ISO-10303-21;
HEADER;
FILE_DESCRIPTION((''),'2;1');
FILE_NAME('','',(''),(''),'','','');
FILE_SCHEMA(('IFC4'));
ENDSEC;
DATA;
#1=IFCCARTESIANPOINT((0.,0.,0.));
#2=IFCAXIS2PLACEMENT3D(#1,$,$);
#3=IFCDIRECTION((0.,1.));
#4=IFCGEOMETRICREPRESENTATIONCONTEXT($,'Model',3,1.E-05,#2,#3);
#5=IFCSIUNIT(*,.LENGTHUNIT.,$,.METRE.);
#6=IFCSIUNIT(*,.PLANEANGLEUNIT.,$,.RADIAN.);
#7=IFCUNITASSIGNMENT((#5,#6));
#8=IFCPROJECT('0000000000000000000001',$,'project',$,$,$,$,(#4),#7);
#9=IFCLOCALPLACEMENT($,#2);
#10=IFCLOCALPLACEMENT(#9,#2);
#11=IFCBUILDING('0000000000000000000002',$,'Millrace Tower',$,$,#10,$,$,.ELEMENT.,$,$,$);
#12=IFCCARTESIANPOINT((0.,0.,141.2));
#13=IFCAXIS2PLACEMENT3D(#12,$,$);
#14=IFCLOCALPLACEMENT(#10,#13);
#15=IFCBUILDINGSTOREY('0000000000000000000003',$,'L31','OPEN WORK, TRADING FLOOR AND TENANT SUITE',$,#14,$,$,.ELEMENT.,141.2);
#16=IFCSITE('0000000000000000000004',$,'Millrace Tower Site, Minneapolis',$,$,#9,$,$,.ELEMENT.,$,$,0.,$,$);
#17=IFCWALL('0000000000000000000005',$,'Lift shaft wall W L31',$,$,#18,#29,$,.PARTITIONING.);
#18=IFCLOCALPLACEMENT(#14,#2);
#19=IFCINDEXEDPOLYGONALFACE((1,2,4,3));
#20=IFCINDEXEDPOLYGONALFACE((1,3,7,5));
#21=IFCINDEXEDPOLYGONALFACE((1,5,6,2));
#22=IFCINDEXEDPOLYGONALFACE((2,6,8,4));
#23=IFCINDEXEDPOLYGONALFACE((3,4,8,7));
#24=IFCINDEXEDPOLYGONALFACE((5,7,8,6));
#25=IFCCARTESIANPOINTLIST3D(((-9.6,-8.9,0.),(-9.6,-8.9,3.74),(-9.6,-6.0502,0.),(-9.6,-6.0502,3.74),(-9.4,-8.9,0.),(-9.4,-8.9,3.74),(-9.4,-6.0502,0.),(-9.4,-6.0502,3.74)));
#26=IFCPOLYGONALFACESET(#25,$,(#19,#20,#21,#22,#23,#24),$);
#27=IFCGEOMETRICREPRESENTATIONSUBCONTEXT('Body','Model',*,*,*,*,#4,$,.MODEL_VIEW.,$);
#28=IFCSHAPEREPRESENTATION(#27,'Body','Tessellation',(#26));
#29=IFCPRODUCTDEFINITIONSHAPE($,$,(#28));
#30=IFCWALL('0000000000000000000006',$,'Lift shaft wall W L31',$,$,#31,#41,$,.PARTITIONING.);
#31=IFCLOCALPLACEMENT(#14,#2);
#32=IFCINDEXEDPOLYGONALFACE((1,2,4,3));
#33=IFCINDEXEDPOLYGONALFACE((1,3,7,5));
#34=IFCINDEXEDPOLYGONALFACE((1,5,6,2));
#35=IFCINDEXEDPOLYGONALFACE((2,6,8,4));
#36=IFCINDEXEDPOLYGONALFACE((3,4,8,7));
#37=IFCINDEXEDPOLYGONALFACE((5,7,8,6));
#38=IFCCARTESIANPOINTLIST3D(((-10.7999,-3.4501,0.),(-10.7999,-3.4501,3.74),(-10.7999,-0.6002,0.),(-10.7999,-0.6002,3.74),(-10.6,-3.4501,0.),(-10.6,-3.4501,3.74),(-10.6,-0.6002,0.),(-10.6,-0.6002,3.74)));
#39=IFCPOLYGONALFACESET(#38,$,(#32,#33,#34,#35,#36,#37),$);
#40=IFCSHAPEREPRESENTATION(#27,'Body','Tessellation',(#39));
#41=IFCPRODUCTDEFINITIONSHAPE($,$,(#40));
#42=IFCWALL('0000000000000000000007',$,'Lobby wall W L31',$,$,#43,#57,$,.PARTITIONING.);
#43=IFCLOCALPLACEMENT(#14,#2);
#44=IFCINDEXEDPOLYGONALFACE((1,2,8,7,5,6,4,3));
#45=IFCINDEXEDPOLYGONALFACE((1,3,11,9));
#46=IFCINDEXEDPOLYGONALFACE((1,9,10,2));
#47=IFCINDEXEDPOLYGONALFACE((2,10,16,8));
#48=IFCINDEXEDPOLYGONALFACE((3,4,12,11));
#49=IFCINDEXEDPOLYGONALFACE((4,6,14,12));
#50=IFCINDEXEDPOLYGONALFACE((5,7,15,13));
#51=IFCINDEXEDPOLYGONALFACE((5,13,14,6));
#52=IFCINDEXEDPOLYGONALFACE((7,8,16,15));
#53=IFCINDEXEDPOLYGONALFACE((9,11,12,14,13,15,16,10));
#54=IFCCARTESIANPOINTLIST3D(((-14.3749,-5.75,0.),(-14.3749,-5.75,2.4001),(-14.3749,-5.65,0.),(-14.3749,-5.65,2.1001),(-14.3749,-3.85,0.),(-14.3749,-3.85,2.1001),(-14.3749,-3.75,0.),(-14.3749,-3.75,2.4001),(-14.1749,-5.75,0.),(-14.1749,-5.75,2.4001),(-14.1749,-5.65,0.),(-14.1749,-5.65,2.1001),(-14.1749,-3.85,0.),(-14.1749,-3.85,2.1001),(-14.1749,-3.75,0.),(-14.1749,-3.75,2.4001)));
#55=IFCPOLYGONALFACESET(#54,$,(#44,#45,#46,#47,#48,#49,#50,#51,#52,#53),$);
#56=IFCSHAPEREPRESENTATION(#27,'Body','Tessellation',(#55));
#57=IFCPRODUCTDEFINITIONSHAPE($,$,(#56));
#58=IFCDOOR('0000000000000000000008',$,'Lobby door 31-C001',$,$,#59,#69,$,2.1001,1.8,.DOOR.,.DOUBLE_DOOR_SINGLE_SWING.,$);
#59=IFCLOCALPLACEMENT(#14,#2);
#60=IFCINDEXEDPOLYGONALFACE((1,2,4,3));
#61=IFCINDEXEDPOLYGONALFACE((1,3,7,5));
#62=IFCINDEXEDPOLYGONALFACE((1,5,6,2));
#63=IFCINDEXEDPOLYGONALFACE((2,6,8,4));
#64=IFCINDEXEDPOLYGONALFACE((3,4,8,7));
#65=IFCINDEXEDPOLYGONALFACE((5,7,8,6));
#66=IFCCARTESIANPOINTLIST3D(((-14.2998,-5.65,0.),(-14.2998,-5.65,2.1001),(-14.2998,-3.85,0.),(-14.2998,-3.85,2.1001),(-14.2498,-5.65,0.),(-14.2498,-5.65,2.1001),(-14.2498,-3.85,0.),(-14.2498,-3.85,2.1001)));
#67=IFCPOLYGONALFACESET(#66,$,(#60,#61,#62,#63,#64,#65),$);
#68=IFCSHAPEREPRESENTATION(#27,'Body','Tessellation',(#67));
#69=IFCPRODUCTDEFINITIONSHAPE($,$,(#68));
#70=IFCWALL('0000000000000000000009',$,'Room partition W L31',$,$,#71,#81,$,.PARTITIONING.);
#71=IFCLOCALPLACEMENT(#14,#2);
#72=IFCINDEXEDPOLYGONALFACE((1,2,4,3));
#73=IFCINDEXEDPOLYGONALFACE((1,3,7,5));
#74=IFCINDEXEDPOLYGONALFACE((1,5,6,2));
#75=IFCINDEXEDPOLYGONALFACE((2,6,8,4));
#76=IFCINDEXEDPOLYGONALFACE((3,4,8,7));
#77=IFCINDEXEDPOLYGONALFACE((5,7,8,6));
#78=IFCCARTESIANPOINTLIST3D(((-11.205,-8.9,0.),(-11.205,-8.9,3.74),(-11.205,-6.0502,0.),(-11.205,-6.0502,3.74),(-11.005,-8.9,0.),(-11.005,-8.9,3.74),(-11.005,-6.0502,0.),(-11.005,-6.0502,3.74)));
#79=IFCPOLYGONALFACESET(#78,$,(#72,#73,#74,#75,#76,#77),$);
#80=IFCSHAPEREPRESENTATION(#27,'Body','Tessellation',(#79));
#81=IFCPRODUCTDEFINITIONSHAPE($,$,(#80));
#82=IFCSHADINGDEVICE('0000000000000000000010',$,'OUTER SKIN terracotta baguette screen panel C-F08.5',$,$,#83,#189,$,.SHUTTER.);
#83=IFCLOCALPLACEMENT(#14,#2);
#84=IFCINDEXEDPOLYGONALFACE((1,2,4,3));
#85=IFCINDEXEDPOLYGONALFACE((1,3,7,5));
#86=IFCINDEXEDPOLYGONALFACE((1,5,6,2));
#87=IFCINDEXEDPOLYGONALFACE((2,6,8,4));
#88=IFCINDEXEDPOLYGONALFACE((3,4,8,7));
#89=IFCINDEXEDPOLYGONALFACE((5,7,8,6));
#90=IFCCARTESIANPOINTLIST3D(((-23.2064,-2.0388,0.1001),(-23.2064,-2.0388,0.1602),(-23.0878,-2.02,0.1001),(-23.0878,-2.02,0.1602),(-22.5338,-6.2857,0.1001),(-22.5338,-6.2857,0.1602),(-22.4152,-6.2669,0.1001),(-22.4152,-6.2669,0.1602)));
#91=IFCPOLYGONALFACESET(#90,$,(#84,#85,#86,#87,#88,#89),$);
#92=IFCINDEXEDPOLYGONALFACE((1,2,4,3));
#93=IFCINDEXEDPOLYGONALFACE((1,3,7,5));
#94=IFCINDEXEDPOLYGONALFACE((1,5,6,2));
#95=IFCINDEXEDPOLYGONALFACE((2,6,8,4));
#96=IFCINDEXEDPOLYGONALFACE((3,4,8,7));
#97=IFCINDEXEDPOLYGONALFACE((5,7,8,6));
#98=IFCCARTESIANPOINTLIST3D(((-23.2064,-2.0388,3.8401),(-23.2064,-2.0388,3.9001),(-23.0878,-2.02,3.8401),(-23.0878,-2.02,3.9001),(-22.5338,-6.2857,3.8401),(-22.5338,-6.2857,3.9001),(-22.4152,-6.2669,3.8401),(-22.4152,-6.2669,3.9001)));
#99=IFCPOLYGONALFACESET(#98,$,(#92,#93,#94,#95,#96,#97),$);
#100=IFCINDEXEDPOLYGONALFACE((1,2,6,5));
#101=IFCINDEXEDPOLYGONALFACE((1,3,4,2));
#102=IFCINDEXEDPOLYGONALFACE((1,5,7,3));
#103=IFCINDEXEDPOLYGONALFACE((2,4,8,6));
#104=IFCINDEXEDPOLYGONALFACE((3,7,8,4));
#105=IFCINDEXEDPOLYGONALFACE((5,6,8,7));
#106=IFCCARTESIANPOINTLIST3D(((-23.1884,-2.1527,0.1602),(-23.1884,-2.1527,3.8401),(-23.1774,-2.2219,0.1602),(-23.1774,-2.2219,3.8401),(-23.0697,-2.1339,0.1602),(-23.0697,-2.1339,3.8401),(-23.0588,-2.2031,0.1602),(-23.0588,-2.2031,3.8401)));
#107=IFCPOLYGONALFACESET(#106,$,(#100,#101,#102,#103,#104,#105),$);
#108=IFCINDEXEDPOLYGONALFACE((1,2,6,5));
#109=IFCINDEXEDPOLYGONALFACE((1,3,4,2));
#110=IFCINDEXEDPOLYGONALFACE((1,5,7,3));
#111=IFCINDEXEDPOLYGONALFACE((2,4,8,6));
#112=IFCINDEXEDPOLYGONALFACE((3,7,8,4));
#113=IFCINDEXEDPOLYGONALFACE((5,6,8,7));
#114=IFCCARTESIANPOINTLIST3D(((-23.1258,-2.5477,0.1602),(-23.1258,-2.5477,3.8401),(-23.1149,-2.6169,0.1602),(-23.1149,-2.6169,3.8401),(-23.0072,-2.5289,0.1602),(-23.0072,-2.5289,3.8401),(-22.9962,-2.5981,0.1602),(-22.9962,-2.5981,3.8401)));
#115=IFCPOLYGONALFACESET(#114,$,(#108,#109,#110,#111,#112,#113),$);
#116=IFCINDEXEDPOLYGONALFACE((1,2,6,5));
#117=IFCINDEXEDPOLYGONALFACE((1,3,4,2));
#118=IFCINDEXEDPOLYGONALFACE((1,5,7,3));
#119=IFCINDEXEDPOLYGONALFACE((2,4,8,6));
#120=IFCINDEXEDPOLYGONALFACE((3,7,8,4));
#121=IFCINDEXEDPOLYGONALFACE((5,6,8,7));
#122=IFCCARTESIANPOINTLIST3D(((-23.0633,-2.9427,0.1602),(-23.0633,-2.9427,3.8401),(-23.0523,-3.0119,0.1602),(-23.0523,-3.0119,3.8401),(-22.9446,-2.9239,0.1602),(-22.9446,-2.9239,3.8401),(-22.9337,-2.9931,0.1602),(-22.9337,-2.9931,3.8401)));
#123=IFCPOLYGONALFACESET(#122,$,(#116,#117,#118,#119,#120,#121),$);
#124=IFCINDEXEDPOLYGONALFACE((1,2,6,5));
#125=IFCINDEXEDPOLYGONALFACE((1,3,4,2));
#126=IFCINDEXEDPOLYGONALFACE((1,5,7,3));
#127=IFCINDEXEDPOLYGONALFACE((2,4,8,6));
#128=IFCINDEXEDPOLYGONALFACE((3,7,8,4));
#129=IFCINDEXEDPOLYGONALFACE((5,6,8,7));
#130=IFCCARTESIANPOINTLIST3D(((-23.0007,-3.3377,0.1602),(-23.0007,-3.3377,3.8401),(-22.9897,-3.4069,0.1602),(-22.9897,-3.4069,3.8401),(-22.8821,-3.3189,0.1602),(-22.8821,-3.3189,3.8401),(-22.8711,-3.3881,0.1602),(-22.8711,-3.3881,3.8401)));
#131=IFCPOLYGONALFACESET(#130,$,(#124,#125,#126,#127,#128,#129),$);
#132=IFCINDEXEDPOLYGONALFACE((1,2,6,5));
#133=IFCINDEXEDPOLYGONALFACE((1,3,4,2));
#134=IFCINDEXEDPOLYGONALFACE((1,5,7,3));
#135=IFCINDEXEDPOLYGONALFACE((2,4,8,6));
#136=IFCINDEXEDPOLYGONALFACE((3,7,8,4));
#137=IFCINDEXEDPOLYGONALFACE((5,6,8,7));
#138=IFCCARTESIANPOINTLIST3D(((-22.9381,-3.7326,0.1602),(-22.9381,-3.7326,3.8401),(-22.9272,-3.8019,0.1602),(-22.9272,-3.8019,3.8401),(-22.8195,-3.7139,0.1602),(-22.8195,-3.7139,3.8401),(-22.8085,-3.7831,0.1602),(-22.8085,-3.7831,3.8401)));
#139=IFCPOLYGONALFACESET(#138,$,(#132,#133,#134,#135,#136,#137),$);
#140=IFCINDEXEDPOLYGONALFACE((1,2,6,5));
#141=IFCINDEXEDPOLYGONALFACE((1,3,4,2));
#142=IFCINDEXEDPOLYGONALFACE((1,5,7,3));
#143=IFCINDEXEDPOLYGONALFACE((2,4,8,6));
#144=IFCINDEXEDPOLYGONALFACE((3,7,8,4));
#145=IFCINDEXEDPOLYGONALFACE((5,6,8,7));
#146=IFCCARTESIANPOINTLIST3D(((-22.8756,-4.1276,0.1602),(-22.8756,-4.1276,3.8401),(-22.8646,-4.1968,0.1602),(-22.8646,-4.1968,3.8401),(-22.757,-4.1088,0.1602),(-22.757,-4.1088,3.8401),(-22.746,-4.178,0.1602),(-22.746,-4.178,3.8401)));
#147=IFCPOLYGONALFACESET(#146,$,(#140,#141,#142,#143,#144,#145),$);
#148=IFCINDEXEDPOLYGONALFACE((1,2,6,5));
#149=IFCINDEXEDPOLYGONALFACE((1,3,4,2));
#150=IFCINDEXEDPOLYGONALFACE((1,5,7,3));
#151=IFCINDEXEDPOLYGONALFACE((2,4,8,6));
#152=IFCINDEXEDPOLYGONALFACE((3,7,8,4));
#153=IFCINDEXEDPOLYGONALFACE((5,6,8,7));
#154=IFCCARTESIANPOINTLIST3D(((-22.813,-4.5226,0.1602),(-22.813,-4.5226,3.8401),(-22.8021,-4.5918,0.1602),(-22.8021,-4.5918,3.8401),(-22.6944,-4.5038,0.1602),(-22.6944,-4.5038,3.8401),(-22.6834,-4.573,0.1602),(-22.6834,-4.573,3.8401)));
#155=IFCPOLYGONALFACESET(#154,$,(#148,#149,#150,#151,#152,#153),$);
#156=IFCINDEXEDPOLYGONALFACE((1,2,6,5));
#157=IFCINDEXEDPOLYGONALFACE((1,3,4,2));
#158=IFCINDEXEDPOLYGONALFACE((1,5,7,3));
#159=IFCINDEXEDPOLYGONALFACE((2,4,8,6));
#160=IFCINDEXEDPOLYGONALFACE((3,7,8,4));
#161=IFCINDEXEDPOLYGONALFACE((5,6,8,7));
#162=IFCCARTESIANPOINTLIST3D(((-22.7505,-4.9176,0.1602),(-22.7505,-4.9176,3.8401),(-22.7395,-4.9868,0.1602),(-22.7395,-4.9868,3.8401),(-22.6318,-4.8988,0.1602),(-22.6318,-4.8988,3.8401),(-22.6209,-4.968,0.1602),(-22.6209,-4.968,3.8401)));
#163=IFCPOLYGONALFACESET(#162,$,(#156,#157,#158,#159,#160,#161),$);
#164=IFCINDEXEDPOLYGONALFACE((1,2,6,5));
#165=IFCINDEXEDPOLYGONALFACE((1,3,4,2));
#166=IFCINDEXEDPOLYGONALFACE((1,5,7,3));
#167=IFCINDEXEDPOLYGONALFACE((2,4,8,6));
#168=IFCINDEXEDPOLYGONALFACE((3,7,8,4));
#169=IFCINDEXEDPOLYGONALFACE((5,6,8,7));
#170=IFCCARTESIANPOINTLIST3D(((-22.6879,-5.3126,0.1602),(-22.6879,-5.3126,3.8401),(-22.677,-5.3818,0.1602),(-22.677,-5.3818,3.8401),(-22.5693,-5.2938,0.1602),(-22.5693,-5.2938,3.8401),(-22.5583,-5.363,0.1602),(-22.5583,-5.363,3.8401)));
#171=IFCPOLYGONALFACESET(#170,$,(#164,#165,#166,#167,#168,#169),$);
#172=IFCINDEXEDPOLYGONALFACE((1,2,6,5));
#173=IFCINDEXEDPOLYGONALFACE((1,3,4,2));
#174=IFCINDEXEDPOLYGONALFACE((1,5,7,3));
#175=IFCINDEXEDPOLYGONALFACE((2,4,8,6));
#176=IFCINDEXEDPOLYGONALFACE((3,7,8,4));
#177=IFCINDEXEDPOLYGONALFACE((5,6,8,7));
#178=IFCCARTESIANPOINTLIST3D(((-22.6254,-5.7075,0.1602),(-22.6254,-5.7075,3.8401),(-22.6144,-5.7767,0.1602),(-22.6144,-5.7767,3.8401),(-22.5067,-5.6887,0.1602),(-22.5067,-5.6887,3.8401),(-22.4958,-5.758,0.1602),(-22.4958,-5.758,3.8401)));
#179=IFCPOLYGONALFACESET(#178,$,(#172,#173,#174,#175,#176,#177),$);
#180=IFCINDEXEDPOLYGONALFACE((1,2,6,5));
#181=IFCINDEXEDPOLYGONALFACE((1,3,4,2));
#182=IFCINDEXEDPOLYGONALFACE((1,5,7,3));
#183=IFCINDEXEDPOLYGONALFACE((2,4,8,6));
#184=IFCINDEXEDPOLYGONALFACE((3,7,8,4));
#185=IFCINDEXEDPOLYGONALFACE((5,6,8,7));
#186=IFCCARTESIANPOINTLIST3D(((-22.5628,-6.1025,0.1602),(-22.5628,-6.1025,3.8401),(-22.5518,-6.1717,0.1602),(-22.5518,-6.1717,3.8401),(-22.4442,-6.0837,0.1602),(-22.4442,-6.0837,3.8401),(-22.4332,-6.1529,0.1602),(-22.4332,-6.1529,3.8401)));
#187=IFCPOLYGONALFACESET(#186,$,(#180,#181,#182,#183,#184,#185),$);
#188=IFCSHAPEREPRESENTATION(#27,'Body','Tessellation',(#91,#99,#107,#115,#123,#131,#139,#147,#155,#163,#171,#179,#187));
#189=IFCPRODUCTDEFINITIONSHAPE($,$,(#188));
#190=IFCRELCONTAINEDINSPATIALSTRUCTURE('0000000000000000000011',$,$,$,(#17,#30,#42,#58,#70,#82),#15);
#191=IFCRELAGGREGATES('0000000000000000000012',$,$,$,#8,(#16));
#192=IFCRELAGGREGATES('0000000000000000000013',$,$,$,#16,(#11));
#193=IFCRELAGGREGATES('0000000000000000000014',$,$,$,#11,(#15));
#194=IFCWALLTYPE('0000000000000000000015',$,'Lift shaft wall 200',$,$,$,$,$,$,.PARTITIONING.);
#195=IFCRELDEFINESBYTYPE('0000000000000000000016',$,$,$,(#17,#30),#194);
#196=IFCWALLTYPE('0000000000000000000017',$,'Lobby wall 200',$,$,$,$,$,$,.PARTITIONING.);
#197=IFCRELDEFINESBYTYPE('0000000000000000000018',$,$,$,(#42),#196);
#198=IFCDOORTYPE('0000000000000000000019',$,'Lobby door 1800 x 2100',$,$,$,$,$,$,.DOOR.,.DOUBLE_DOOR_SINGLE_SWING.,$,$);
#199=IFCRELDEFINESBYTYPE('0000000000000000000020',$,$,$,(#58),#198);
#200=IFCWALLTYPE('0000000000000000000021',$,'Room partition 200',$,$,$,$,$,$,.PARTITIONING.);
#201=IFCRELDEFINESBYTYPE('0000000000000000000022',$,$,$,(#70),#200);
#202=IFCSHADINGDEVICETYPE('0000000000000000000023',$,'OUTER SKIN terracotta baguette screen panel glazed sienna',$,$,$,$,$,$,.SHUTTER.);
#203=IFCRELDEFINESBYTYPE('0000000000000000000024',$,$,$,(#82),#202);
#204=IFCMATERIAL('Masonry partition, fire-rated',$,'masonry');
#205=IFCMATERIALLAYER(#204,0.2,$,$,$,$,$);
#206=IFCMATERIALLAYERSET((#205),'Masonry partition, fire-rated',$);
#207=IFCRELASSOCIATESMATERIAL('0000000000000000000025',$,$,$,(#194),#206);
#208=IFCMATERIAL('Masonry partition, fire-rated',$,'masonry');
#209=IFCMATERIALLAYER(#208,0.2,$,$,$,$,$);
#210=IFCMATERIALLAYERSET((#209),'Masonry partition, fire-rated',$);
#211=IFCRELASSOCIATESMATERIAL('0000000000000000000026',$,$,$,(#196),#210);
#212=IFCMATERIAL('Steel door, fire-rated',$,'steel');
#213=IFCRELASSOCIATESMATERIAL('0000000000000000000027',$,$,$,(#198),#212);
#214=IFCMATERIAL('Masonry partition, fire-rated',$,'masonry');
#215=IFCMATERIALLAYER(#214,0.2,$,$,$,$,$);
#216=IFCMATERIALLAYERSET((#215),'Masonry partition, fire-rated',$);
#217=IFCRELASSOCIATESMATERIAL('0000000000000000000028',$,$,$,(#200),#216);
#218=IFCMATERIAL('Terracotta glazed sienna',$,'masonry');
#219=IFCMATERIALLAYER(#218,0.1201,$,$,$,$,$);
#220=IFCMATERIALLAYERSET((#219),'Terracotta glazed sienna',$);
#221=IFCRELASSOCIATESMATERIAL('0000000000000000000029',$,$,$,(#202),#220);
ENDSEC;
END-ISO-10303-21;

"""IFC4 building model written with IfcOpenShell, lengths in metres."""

from ifc_helpers import new_model, entity, si_unit, direction, frame, frame_2d, origin, origin_2d, place, context, subcontext, project, spatial, rectangle, extrude, source, transform, mapped, material, layer, layer_set, type_object, element, fill, save


model = new_model("IFC4")

# Units and contexts
model_context = context("Model", 3, precision=1e-05, world=origin(), true_north=direction((0.0, 1.0)))
body_context = subcontext(model_context, "Body", "Model", "MODEL_VIEW")
ifc_project = project(units=[si_unit("LENGTHUNIT", "METRE"), si_unit("PLANEANGLEUNIT", "RADIAN")], contexts=[model_context])

# Site, building, storey
site_placement = place(None, origin())
site = spatial("IfcSite", under=ifc_project, at=site_placement, Name="Millrace Tower Site, Minneapolis", CompositionType="ELEMENT", RefElevation=0.0)
building_placement = place(site_placement, origin())
building = spatial("IfcBuilding", under=site, at=building_placement, Name="Millrace Tower", CompositionType="ELEMENT")
storey_placement = place(building_placement, frame((0.0, 0.0, 141.2)))
storey = spatial("IfcBuildingStorey", under=building, at=storey_placement, Name="L31", Description="OPEN WORK, TRADING FLOOR AND TENANT SUITE", CompositionType="ELEMENT", Elevation=141.2)

# Shared definitions
ifc_material_1 = material(Name="Masonry partition, fire-rated", Category="masonry")
ifc_layer_1 = layer(ifc_material_1, 0.2)
ifc_layer_set_1 = layer_set([ifc_layer_1], Name="Masonry partition, fire-rated")
wall_type_1 = type_object("IfcWallType", Name="Lift shaft wall 200", PredefinedType="PARTITIONING", material=ifc_layer_set_1)

# Walls
for number, where, z_axis, x_axis, name in (
    (1, (-9.5, -8.8999, 0.0), (0.0, 0.0, 1.0), (0.0, 1.0, 0.0), "Lift shaft wall W L31"),
    (2, (-10.7, -3.45, 0.0), (0.0, 0.0, 1.0), (0.0, 1.0, 0.0), "Lift shaft wall W L31"),
):
    element("IfcWall", number, at=place(storey_placement, frame(where, z_axis=z_axis, x_axis=x_axis)), inside=storey, type_object=wall_type_1, Name=name, PredefinedType="PARTITIONING", context=body_context, shape_type="SweptSolid", body=[
        extrude(rectangle(XDim=2.8499, YDim=0.2, at=frame_2d((1.4248, 0.0))), origin(), (0.0, 0.0, 1.0), 3.74),
    ])

# Wall, opening, door
ifc_material_2 = material(Name="Masonry partition, fire-rated", Category="masonry")
ifc_layer_2 = layer(ifc_material_2, 0.2)
ifc_layer_set_2 = layer_set([ifc_layer_2], Name="Masonry partition, fire-rated")
wall_type_2 = type_object("IfcWallType", Name="Lobby wall 200", PredefinedType="PARTITIONING", material=ifc_layer_set_2)
wall_1_placement = place(storey_placement, frame((-14.2749, -5.75, 0.0), z_axis=(0.0, 0.0, 1.0), x_axis=(0.0, 1.0, 0.0)))
wall_1 = element("IfcWall", 3, at=wall_1_placement, inside=storey, type_object=wall_type_2, Name="Lobby wall W L31", PredefinedType="PARTITIONING", context=body_context, shape_type="SweptSolid", body=[
    extrude(rectangle(XDim=2.0, YDim=0.2, at=frame_2d((1.0, 0.0))), origin(), (0.0, 0.0, 1.0), 2.4001),
])
opening_1_placement = place(wall_1_placement, frame((0.1001, 0.0, 0.0)))
opening_1 = element("IfcOpeningElement", 4, at=opening_1_placement, cuts=wall_1, PredefinedType="OPENING", context=body_context, shape_type="SweptSolid", body=[
    extrude(rectangle(XDim=1.8, YDim=2.1001, at=frame_2d((0.8999, 1.05))), frame((0.0, 0.1099, 0.0), z_axis=(0.0, -1.0, 0.0), x_axis=(1.0, 0.0, 0.0)), (0.0, 0.0, 1.0), 0.22),
])
ifc_material_3 = material(Name="Steel door, fire-rated", Category="steel")
door_type_1 = type_object("IfcDoorType", Name="Lobby door 1800 x 2100", OperationType="DOUBLE_DOOR_SINGLE_SWING", PredefinedType="DOOR", material=ifc_material_3)
door_1_placement = place(opening_1_placement, origin())
door_1 = element("IfcDoor", 5, at=door_1_placement, inside=storey, type_object=door_type_1, Name="Lobby door 31-C001", OperationType="DOUBLE_DOOR_SINGLE_SWING", OverallHeight=2.1001, OverallWidth=1.8, PredefinedType="DOOR", context=body_context, shape_type="SweptSolid", body=[
    extrude(rectangle(XDim=1.8, YDim=2.1001, at=frame_2d((0.8999, 1.05))), frame((0.0, 0.0249, 0.0), z_axis=(0.0, -1.0, 0.0), x_axis=(1.0, 0.0, 0.0)), (0.0, 0.0, 1.0), 0.05),
])
fill(opening_1, door_1)

# Wall
ifc_material_4 = material(Name="Masonry partition, fire-rated", Category="masonry")
ifc_layer_3 = layer(ifc_material_4, 0.2)
ifc_layer_set_3 = layer_set([ifc_layer_3], Name="Masonry partition, fire-rated")
wall_type_3 = type_object("IfcWallType", Name="Room partition 200", PredefinedType="PARTITIONING", material=ifc_layer_set_3)
wall_2_placement = place(storey_placement, frame((-11.105, -8.8999, 0.0), z_axis=(0.0, 0.0, 1.0), x_axis=(0.0, 1.0, 0.0)))
element("IfcWall", 6, at=wall_2_placement, inside=storey, type_object=wall_type_3, Name="Room partition W L31", PredefinedType="PARTITIONING", context=body_context, shape_type="SweptSolid", body=[
    extrude(rectangle(XDim=2.8499, YDim=0.2, at=frame_2d((1.4248, 0.0))), origin(), (0.0, 0.0, 1.0), 3.74),
])

# Shading device
ifc_material_5 = material(Name="Terracotta glazed sienna", Category="masonry")
ifc_layer_4 = layer(ifc_material_5, 0.1201)
ifc_layer_set_4 = layer_set([ifc_layer_4], Name="Terracotta glazed sienna")
shading_device_type = type_object("IfcShadingDeviceType", Name="OUTER SKIN terracotta baguette screen panel glazed sienna", PredefinedType="SHUTTER", material=ifc_layer_set_4)
cartesian_point = entity("IfcCartesianPoint", [-2.1499, 0.0601])
shared_polyline = entity("IfcPolyline", [cartesian_point, entity("IfcCartesianPoint", [2.1499, 0.0601]), entity("IfcCartesianPoint", [2.1499, -0.0601]), entity("IfcCartesianPoint", [-2.1499, -0.0601]), cartesian_point])
shared_shape = source(origin(), body_context, "Body", "SweptSolid", [
    entity("IfcExtrudedAreaSolid", entity("IfcArbitraryClosedProfileDef", "AREA", None, shared_polyline), entity("IfcAxis2Placement3D", entity("IfcCartesianPoint", [0.0, 0.0, 0.0])), entity("IfcDirection", [0.0, 0.0, 1.0]), 0.0601),
    entity("IfcExtrudedAreaSolid", entity("IfcArbitraryClosedProfileDef", "AREA", None, shared_polyline), entity("IfcAxis2Placement3D", entity("IfcCartesianPoint", [0.0, 0.0, 3.74])), entity("IfcDirection", [0.0, 0.0, 1.0]), 0.0601),
    extrude(rectangle(XDim=0.0701, YDim=0.1201, at=frame_2d((-1.9995, 0.0))), frame((0.0, 0.0, 0.0601)), (0.0, 0.0, 1.0), 3.6799),
    extrude(rectangle(XDim=0.0701, YDim=0.1201, at=frame_2d((-1.5996, 0.0))), frame((0.0, 0.0, 0.0601)), (0.0, 0.0, 1.0), 3.6799),
    extrude(rectangle(XDim=0.0701, YDim=0.1201, at=frame_2d((-1.1997, 0.0))), frame((0.0, 0.0, 0.0601)), (0.0, 0.0, 1.0), 3.6799),
    extrude(rectangle(XDim=0.0701, YDim=0.1201, at=frame_2d((-0.7998, 0.0))), frame((0.0, 0.0, 0.0601)), (0.0, 0.0, 1.0), 3.6799),
    extrude(rectangle(XDim=0.0701, YDim=0.1201, at=frame_2d((-0.3999, 0.0))), frame((0.0, 0.0, 0.0601)), (0.0, 0.0, 1.0), 3.6799),
    extrude(rectangle(XDim=0.0701, YDim=0.1201, at=origin_2d()), frame((0.0, 0.0, 0.0601)), (0.0, 0.0, 1.0), 3.6799),
    extrude(rectangle(XDim=0.0701, YDim=0.1201, at=frame_2d((0.3999, 0.0))), frame((0.0, 0.0, 0.0601)), (0.0, 0.0, 1.0), 3.6799),
    extrude(rectangle(XDim=0.0701, YDim=0.1201, at=frame_2d((0.7998, 0.0))), frame((0.0, 0.0, 0.0601)), (0.0, 0.0, 1.0), 3.6799),
    extrude(rectangle(XDim=0.0701, YDim=0.1201, at=frame_2d((1.1997, 0.0))), frame((0.0, 0.0, 0.0601)), (0.0, 0.0, 1.0), 3.6799),
    extrude(rectangle(XDim=0.0701, YDim=0.1201, at=frame_2d((1.5996, 0.0))), frame((0.0, 0.0, 0.0601)), (0.0, 0.0, 1.0), 3.6799),
    extrude(rectangle(XDim=0.0701, YDim=0.1201, at=frame_2d((1.9995, 0.0))), frame((0.0, 0.0, 0.0601)), (0.0, 0.0, 1.0), 3.6799),
])
for number, where, z_axis, x_axis, name in (
    (7, (-22.8108, -4.1528, 0.1001), (0.0, 0.0, 1.0), (0.156434, -0.987688, 0.0), "OUTER SKIN terracotta baguette screen panel C-F08.5"),
):
    element("IfcShadingDevice", number, at=place(storey_placement, frame(where, z_axis=z_axis, x_axis=x_axis)), inside=storey, type_object=shading_device_type, Name=name, PredefinedType="SHUTTER", context=body_context, shape_type="MappedRepresentation", body=[
        mapped(shared_shape, transform((0.0, 0.0, 0.0), scale=1.0)),
    ])

save(model, "model.ifc")
